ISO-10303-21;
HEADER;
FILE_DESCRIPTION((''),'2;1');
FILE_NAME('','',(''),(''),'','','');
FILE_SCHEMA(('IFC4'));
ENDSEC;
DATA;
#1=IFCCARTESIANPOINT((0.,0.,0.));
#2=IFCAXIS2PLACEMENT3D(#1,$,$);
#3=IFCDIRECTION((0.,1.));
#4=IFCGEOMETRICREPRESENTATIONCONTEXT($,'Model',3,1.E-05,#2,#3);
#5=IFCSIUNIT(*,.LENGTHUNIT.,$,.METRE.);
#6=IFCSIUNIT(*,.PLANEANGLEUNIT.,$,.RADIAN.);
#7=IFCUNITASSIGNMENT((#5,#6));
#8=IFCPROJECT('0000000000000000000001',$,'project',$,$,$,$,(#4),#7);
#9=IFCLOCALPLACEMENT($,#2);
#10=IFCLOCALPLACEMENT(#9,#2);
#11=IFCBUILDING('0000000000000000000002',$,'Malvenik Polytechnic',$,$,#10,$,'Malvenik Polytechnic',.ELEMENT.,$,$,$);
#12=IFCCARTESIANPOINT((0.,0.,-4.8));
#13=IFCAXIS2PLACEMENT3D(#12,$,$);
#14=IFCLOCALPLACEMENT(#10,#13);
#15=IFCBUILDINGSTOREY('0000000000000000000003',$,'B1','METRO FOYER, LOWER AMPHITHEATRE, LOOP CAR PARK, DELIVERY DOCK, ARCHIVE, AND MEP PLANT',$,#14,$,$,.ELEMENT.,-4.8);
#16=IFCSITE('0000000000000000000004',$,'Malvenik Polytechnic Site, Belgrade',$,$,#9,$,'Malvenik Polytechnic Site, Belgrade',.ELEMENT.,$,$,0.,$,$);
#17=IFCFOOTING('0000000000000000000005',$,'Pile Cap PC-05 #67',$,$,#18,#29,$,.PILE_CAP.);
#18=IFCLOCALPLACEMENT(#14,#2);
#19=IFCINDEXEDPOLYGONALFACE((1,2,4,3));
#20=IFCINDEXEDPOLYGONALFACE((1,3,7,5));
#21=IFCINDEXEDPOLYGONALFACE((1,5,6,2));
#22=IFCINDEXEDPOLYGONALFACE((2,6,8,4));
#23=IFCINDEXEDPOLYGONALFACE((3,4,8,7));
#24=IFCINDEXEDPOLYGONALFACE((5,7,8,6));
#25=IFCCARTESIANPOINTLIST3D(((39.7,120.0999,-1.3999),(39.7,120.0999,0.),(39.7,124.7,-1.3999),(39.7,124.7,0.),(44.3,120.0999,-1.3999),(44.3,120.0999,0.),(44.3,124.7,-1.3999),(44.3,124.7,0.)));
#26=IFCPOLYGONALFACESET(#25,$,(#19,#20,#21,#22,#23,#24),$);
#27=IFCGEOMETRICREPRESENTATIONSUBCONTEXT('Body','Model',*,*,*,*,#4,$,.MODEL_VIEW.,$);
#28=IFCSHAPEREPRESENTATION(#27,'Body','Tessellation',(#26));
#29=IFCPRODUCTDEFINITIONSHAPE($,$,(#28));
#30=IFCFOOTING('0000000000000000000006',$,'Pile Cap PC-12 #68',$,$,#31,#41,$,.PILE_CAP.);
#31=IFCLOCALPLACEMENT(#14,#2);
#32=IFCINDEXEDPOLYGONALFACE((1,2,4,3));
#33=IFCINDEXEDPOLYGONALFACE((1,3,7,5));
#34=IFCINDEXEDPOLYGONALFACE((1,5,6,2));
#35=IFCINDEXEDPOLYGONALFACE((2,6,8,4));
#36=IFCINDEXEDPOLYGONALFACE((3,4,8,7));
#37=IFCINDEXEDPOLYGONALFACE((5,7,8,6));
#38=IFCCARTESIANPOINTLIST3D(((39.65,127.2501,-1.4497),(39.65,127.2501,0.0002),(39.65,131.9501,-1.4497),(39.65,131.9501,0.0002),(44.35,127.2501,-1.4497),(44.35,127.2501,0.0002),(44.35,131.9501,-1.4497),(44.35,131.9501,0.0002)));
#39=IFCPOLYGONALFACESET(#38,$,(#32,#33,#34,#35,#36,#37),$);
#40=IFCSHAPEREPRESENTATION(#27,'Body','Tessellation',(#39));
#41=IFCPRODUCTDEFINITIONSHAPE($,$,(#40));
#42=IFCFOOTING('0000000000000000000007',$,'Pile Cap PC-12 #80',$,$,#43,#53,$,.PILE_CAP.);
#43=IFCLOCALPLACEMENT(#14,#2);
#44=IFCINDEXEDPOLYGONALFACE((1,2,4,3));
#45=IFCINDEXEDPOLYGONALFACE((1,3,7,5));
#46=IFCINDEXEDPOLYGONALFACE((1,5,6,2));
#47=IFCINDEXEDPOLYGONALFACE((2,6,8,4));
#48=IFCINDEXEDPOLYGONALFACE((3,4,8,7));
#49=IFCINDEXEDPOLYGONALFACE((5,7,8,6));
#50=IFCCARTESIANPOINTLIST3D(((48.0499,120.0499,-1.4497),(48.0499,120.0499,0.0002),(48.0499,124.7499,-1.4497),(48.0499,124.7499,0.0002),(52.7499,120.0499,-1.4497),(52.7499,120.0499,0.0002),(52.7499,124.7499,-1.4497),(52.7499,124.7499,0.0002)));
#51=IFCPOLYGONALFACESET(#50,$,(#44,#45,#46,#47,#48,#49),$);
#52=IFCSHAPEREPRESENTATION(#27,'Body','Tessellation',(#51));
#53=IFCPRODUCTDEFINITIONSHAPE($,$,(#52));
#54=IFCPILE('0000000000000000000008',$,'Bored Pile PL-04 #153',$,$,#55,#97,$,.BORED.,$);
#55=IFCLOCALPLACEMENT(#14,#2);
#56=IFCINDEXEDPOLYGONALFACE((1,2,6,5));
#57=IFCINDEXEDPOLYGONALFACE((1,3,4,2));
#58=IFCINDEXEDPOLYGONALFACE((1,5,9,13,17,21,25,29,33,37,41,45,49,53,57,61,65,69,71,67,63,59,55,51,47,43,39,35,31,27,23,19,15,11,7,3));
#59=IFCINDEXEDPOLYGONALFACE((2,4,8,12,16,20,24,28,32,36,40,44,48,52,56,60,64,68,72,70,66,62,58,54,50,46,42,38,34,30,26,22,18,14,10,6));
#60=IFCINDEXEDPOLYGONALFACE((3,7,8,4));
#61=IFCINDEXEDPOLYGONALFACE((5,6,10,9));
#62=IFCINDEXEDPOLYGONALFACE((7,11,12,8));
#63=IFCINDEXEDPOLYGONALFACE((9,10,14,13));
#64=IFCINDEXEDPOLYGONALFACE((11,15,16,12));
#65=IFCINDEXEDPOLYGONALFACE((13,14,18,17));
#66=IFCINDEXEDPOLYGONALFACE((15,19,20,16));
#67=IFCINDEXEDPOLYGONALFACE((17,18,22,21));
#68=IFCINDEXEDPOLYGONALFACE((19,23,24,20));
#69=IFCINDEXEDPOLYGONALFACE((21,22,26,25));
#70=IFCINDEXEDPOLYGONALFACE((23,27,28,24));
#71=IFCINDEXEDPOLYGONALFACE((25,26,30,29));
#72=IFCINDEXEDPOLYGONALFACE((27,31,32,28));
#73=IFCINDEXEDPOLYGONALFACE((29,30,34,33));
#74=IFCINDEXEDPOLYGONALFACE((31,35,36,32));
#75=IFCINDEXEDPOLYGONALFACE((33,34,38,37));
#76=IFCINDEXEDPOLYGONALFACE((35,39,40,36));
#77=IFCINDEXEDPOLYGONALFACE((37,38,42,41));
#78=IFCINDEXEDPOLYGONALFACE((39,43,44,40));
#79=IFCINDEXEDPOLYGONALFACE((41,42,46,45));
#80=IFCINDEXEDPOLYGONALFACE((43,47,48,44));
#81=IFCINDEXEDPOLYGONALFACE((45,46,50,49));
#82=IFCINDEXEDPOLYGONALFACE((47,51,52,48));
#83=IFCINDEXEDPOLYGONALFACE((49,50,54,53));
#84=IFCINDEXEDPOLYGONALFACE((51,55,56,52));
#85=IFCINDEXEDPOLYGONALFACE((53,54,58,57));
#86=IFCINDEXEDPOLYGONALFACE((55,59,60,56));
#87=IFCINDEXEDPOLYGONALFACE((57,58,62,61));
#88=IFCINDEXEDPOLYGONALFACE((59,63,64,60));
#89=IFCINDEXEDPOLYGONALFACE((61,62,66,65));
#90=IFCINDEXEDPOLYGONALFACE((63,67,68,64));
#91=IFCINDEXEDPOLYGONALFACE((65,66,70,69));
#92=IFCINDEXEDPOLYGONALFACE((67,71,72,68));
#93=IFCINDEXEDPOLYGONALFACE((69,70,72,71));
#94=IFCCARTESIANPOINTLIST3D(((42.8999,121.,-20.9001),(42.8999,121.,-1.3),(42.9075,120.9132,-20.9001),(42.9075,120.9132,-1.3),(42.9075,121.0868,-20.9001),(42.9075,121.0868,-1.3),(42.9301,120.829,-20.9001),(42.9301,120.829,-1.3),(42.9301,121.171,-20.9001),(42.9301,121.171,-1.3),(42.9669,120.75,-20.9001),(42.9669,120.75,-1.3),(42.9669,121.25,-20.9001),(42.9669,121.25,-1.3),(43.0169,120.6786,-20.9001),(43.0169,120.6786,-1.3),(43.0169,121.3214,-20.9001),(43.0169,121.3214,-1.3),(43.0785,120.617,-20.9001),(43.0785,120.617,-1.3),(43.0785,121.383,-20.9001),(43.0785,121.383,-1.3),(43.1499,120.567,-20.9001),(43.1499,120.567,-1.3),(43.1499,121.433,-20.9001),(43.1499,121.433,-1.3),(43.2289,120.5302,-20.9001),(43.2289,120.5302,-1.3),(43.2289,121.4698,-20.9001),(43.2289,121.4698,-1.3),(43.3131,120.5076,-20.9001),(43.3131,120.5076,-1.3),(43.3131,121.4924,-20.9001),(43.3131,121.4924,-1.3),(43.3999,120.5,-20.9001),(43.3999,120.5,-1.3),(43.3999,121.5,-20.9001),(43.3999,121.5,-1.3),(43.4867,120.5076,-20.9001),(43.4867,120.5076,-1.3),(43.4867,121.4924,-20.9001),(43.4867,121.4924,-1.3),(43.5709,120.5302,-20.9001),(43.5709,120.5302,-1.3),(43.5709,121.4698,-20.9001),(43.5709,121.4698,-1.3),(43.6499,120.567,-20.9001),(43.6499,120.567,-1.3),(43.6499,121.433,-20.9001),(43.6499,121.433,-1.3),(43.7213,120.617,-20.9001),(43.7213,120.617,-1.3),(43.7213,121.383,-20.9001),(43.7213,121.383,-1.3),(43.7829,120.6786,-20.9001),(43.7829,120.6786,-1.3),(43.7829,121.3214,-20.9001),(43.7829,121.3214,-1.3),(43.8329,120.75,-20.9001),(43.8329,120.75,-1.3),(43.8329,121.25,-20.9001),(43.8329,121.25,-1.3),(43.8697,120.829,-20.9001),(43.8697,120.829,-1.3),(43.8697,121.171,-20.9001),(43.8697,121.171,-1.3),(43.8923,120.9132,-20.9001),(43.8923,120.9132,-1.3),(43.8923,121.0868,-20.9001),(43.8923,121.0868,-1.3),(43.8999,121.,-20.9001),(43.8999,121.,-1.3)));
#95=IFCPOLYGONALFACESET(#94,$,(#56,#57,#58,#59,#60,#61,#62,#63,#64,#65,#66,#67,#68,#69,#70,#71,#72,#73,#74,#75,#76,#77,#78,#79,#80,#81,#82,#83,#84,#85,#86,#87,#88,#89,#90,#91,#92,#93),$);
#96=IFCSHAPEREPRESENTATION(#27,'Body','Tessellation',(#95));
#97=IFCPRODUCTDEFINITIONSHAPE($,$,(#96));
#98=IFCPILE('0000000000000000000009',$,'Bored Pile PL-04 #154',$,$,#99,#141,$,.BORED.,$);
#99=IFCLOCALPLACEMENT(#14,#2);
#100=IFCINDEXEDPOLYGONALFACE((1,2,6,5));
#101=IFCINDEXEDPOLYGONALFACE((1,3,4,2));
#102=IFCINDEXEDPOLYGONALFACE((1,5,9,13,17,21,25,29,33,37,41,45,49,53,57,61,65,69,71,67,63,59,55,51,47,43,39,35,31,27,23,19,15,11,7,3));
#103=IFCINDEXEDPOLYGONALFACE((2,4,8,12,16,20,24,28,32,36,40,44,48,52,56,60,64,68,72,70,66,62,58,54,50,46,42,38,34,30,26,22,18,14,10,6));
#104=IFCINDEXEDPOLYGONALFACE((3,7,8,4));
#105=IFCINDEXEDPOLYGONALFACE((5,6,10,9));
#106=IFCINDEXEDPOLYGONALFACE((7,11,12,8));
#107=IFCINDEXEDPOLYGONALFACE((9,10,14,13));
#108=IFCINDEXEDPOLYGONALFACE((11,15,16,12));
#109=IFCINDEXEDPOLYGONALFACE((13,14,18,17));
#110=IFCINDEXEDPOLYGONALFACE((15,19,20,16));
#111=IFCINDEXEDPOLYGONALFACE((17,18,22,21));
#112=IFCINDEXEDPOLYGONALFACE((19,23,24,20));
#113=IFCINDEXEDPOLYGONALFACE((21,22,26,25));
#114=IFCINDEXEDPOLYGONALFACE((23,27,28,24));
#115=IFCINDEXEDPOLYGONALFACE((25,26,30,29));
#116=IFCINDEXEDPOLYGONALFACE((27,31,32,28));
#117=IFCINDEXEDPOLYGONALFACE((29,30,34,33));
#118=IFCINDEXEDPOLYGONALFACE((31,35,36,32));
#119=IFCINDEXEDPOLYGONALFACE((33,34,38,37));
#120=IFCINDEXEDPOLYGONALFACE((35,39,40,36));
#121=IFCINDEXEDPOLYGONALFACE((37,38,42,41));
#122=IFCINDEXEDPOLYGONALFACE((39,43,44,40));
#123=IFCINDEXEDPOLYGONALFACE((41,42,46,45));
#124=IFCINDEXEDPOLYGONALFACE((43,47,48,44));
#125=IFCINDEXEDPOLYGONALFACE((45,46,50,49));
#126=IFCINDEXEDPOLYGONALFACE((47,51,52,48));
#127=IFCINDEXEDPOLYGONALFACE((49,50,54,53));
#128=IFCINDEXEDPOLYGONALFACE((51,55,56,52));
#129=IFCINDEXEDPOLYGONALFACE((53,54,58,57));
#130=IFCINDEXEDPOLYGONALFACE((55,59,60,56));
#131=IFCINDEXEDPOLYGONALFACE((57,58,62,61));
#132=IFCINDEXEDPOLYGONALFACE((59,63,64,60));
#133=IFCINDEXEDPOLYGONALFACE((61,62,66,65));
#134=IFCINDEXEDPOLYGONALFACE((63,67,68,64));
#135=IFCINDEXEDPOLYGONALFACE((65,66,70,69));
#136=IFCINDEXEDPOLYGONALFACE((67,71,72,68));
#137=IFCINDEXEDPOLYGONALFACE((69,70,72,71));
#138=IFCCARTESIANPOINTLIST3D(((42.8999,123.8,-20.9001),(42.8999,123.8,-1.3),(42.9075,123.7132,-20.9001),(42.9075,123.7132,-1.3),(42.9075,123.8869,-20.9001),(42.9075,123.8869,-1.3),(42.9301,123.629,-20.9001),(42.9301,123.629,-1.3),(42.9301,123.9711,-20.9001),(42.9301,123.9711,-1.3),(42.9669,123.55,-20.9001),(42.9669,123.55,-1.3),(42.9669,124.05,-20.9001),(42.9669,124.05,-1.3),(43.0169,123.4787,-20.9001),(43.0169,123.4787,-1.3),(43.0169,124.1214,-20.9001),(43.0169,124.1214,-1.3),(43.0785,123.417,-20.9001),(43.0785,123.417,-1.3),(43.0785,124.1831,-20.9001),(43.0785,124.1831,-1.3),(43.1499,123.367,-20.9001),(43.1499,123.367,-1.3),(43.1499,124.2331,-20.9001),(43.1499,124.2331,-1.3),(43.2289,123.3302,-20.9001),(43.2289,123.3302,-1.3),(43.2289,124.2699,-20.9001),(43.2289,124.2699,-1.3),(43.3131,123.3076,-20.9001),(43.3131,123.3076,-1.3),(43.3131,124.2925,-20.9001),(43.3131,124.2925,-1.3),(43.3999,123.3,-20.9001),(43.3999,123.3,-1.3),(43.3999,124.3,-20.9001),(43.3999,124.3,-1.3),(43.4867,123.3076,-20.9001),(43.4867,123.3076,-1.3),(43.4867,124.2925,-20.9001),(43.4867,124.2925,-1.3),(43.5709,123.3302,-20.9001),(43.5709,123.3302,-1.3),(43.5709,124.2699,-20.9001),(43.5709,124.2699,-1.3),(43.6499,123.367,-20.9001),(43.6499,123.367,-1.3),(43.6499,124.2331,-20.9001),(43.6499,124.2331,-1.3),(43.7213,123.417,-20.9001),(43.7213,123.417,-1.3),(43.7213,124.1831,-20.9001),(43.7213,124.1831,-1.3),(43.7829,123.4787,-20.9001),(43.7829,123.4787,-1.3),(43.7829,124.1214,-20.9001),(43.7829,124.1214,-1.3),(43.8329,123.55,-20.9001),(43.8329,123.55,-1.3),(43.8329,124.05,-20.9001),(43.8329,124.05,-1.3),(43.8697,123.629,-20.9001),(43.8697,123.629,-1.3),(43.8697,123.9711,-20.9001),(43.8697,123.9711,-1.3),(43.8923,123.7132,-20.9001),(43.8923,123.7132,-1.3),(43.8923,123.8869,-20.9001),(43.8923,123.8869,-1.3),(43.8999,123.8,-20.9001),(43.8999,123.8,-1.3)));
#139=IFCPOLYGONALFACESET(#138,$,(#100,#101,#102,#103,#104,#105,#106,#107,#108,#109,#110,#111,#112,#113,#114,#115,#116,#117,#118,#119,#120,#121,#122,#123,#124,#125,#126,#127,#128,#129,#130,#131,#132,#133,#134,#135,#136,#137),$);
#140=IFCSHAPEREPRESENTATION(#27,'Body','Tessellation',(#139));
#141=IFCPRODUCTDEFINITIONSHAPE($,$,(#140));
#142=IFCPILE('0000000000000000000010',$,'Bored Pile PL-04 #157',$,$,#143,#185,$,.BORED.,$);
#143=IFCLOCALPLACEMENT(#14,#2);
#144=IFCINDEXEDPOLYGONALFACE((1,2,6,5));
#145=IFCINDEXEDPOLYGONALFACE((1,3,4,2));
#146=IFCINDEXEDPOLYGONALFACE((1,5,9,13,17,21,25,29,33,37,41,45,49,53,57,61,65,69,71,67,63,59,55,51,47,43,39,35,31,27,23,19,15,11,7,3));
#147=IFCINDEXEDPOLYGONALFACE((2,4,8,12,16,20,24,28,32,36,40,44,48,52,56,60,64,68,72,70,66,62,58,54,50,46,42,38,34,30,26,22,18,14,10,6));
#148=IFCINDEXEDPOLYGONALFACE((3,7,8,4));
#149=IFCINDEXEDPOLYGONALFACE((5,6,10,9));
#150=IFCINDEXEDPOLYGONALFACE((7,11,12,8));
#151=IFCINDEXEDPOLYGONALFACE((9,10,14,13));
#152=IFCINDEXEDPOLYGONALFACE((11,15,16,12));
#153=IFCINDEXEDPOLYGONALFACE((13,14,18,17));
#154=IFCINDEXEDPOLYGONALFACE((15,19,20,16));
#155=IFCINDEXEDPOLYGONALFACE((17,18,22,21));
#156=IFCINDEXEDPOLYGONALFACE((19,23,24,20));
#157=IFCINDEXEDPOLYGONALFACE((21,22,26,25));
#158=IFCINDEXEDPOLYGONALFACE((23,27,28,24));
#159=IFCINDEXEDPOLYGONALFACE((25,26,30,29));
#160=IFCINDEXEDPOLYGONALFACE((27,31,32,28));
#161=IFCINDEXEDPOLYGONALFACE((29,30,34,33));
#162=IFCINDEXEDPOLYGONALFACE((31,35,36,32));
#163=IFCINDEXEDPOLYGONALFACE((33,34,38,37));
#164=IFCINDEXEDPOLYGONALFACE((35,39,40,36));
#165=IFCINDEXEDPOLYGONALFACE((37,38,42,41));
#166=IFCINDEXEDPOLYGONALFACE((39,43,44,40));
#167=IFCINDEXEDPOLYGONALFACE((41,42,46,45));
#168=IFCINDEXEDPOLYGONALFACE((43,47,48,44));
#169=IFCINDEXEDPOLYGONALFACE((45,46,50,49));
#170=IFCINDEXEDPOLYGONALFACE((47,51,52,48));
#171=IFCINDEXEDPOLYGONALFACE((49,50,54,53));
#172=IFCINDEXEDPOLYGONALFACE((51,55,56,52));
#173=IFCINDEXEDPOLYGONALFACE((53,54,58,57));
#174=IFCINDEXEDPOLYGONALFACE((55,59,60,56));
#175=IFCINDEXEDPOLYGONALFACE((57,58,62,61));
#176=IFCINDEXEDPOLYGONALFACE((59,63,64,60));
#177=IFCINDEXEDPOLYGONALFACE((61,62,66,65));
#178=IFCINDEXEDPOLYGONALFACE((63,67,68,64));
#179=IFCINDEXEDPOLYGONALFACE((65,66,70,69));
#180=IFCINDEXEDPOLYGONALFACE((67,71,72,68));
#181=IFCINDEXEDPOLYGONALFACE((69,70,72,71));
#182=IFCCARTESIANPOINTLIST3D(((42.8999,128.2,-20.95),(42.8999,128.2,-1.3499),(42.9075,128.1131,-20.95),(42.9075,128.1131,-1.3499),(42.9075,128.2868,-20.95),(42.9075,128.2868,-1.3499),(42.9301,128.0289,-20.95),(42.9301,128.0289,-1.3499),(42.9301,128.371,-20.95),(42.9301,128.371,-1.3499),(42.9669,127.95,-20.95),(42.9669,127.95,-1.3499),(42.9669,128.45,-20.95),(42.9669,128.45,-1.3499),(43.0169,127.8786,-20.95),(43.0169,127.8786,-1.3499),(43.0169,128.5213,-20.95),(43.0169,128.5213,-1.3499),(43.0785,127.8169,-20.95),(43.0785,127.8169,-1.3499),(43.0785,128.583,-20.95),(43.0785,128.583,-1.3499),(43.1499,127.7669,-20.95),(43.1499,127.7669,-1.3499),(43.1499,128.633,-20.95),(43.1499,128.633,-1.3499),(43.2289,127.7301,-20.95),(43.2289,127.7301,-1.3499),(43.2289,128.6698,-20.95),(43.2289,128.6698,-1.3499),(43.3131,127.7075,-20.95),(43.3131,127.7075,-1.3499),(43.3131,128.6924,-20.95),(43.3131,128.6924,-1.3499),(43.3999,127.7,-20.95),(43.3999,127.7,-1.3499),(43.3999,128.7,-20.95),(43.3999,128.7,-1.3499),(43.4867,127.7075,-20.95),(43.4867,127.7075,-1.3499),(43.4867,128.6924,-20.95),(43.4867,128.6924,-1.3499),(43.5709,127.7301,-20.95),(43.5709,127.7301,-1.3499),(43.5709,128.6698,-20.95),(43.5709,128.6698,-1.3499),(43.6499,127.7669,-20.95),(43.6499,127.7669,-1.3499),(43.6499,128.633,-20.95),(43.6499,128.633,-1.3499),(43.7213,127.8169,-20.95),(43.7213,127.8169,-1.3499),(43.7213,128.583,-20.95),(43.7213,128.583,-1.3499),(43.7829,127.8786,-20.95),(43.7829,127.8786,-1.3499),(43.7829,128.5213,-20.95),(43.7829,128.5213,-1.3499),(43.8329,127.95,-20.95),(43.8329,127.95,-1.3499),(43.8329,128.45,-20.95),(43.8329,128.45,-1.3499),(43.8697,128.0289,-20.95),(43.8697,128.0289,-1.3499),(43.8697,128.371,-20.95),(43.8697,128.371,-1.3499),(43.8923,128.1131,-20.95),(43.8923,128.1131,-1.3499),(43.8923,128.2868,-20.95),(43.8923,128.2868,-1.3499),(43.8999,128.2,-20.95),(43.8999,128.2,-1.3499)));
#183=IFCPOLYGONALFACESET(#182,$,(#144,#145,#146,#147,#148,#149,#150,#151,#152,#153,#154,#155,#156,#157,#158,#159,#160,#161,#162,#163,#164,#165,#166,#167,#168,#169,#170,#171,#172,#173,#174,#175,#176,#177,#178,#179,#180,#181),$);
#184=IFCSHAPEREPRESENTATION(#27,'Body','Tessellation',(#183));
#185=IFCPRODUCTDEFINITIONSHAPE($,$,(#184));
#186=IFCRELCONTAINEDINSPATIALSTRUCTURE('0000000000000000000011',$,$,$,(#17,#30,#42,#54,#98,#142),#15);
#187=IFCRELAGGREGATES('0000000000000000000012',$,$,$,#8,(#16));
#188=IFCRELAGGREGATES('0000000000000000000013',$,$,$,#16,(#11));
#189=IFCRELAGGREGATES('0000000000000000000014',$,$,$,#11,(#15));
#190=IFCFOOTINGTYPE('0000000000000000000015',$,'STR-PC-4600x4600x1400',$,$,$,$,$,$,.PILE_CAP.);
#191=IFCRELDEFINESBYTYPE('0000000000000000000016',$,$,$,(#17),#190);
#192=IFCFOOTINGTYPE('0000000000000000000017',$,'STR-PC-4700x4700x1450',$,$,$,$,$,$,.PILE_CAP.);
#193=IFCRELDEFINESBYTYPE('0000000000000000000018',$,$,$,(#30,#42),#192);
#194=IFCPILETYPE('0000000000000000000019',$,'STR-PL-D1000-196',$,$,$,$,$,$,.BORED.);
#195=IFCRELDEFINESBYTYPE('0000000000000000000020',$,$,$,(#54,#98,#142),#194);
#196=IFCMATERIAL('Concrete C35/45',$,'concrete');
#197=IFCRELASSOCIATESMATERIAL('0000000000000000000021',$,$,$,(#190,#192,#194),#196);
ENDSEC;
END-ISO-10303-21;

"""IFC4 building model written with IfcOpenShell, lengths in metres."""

from ifc_helpers import new_model, si_unit, direction, frame, origin, origin_2d, place, context, subcontext, project, spatial, rectangle, circle, extrude, material, material_profile, profile_set, type_object, element, save


model = new_model("IFC4")

# Units and contexts
model_context = context("Model", 3, precision=1e-05, world=origin(), true_north=direction((0.0, 1.0)))
body_context = subcontext(model_context, "Body", "Model", "MODEL_VIEW")
ifc_project = project(units=[si_unit("LENGTHUNIT", "METRE"), si_unit("PLANEANGLEUNIT", "RADIAN")], contexts=[model_context])

# Site, building, storey
site_placement = place(None, origin())
site = spatial("IfcSite", under=ifc_project, at=site_placement, Name="Malvenik Polytechnic Site, Belgrade", LongName="Malvenik Polytechnic Site, Belgrade", CompositionType="ELEMENT", RefElevation=0.0)
building_placement = place(site_placement, origin())
building = spatial("IfcBuilding", under=site, at=building_placement, Name="Malvenik Polytechnic", LongName="Malvenik Polytechnic", CompositionType="ELEMENT")
storey_placement = place(building_placement, frame((0.0, 0.0, -4.8)))
storey = spatial("IfcBuildingStorey", under=building, at=storey_placement, Name="B1", Description="METRO FOYER, LOWER AMPHITHEATRE, LOOP CAR PARK, DELIVERY DOCK, ARCHIVE, AND MEP PLANT", CompositionType="ELEMENT", Elevation=-4.8)

# Footings
ifc_material_1 = material(Name="Concrete C35/45", Category="concrete")
footing_type_1 = type_object("IfcFootingType", Name="STR-PC-4600x4600x1400", PredefinedType="PILE_CAP", material=ifc_material_1)
footing_placement = place(storey_placement, frame((42.0, 122.3999, -1.3999), z_axis=(0.0, 0.0, 1.0), x_axis=(1.0, 0.0, 0.0)))
element("IfcFooting", 1, at=footing_placement, inside=storey, type_object=footing_type_1, Name="Pile Cap PC-05 #67", PredefinedType="PILE_CAP", context=body_context, shape_type="SweptSolid", body=[
    extrude(rectangle(XDim=4.6001, YDim=4.6001, at=origin_2d()), origin(), (0.0, 0.0, 1.0), 1.3999),
])
footing_type_2 = type_object("IfcFootingType", Name="STR-PC-4700x4700x1450", PredefinedType="PILE_CAP", material=ifc_material_1)
for number, where, z_axis, x_axis, name in (
    (2, (42.0, 129.6001, -1.4497), (0.0, 0.0, 1.0), (1.0, 0.0, 0.0), "Pile Cap PC-12 #68"),
    (3, (50.3999, 122.3999, -1.4497), (0.0, 0.0, 1.0), (1.0, 0.0, 0.0), "Pile Cap PC-12 #80"),
):
    element("IfcFooting", number, at=place(storey_placement, frame(where, z_axis=z_axis, x_axis=x_axis)), inside=storey, type_object=footing_type_2, Name=name, PredefinedType="PILE_CAP", context=body_context, shape_type="SweptSolid", body=[
        extrude(rectangle(XDim=4.7, YDim=4.7, at=origin_2d()), origin(), (0.0, 0.0, 1.0), 1.45),
    ])

# Piles
ifc_material_profile_1 = material_profile(ifc_material_1, circle(Radius=0.5, at=origin_2d()), Name="BORED PILE D1000")
ifc_profile_set_1 = profile_set([ifc_material_profile_1], Name="Concrete C35/45")
pile_type = type_object("IfcPileType", Name="STR-PL-D1000-196", PredefinedType="BORED", material=ifc_profile_set_1)
for number, where, z_axis, x_axis, name in (
    (4, (43.3999, 121.0, -1.3), (0.0, 0.0, -1.0), (1.0, 0.0, 0.0), "Bored Pile PL-04 #153"),
    (5, (43.3999, 123.8, -1.3), (0.0, 0.0, -1.0), (1.0, 0.0, 0.0), "Bored Pile PL-04 #154"),
    (6, (43.3999, 128.2, -1.3499), (0.0, 0.0, -1.0), (1.0, 0.0, 0.0), "Bored Pile PL-04 #157"),
):
    element("IfcPile", number, at=place(storey_placement, frame(where, z_axis=z_axis, x_axis=x_axis)), inside=storey, type_object=pile_type, Name=name, PredefinedType="BORED", context=body_context, shape_type="SweptSolid", body=[
        extrude(circle(Radius=0.5, at=origin_2d()), origin(), (0.0, 0.0, 1.0), 19.6001),
    ])

save(model, "model.ifc")
